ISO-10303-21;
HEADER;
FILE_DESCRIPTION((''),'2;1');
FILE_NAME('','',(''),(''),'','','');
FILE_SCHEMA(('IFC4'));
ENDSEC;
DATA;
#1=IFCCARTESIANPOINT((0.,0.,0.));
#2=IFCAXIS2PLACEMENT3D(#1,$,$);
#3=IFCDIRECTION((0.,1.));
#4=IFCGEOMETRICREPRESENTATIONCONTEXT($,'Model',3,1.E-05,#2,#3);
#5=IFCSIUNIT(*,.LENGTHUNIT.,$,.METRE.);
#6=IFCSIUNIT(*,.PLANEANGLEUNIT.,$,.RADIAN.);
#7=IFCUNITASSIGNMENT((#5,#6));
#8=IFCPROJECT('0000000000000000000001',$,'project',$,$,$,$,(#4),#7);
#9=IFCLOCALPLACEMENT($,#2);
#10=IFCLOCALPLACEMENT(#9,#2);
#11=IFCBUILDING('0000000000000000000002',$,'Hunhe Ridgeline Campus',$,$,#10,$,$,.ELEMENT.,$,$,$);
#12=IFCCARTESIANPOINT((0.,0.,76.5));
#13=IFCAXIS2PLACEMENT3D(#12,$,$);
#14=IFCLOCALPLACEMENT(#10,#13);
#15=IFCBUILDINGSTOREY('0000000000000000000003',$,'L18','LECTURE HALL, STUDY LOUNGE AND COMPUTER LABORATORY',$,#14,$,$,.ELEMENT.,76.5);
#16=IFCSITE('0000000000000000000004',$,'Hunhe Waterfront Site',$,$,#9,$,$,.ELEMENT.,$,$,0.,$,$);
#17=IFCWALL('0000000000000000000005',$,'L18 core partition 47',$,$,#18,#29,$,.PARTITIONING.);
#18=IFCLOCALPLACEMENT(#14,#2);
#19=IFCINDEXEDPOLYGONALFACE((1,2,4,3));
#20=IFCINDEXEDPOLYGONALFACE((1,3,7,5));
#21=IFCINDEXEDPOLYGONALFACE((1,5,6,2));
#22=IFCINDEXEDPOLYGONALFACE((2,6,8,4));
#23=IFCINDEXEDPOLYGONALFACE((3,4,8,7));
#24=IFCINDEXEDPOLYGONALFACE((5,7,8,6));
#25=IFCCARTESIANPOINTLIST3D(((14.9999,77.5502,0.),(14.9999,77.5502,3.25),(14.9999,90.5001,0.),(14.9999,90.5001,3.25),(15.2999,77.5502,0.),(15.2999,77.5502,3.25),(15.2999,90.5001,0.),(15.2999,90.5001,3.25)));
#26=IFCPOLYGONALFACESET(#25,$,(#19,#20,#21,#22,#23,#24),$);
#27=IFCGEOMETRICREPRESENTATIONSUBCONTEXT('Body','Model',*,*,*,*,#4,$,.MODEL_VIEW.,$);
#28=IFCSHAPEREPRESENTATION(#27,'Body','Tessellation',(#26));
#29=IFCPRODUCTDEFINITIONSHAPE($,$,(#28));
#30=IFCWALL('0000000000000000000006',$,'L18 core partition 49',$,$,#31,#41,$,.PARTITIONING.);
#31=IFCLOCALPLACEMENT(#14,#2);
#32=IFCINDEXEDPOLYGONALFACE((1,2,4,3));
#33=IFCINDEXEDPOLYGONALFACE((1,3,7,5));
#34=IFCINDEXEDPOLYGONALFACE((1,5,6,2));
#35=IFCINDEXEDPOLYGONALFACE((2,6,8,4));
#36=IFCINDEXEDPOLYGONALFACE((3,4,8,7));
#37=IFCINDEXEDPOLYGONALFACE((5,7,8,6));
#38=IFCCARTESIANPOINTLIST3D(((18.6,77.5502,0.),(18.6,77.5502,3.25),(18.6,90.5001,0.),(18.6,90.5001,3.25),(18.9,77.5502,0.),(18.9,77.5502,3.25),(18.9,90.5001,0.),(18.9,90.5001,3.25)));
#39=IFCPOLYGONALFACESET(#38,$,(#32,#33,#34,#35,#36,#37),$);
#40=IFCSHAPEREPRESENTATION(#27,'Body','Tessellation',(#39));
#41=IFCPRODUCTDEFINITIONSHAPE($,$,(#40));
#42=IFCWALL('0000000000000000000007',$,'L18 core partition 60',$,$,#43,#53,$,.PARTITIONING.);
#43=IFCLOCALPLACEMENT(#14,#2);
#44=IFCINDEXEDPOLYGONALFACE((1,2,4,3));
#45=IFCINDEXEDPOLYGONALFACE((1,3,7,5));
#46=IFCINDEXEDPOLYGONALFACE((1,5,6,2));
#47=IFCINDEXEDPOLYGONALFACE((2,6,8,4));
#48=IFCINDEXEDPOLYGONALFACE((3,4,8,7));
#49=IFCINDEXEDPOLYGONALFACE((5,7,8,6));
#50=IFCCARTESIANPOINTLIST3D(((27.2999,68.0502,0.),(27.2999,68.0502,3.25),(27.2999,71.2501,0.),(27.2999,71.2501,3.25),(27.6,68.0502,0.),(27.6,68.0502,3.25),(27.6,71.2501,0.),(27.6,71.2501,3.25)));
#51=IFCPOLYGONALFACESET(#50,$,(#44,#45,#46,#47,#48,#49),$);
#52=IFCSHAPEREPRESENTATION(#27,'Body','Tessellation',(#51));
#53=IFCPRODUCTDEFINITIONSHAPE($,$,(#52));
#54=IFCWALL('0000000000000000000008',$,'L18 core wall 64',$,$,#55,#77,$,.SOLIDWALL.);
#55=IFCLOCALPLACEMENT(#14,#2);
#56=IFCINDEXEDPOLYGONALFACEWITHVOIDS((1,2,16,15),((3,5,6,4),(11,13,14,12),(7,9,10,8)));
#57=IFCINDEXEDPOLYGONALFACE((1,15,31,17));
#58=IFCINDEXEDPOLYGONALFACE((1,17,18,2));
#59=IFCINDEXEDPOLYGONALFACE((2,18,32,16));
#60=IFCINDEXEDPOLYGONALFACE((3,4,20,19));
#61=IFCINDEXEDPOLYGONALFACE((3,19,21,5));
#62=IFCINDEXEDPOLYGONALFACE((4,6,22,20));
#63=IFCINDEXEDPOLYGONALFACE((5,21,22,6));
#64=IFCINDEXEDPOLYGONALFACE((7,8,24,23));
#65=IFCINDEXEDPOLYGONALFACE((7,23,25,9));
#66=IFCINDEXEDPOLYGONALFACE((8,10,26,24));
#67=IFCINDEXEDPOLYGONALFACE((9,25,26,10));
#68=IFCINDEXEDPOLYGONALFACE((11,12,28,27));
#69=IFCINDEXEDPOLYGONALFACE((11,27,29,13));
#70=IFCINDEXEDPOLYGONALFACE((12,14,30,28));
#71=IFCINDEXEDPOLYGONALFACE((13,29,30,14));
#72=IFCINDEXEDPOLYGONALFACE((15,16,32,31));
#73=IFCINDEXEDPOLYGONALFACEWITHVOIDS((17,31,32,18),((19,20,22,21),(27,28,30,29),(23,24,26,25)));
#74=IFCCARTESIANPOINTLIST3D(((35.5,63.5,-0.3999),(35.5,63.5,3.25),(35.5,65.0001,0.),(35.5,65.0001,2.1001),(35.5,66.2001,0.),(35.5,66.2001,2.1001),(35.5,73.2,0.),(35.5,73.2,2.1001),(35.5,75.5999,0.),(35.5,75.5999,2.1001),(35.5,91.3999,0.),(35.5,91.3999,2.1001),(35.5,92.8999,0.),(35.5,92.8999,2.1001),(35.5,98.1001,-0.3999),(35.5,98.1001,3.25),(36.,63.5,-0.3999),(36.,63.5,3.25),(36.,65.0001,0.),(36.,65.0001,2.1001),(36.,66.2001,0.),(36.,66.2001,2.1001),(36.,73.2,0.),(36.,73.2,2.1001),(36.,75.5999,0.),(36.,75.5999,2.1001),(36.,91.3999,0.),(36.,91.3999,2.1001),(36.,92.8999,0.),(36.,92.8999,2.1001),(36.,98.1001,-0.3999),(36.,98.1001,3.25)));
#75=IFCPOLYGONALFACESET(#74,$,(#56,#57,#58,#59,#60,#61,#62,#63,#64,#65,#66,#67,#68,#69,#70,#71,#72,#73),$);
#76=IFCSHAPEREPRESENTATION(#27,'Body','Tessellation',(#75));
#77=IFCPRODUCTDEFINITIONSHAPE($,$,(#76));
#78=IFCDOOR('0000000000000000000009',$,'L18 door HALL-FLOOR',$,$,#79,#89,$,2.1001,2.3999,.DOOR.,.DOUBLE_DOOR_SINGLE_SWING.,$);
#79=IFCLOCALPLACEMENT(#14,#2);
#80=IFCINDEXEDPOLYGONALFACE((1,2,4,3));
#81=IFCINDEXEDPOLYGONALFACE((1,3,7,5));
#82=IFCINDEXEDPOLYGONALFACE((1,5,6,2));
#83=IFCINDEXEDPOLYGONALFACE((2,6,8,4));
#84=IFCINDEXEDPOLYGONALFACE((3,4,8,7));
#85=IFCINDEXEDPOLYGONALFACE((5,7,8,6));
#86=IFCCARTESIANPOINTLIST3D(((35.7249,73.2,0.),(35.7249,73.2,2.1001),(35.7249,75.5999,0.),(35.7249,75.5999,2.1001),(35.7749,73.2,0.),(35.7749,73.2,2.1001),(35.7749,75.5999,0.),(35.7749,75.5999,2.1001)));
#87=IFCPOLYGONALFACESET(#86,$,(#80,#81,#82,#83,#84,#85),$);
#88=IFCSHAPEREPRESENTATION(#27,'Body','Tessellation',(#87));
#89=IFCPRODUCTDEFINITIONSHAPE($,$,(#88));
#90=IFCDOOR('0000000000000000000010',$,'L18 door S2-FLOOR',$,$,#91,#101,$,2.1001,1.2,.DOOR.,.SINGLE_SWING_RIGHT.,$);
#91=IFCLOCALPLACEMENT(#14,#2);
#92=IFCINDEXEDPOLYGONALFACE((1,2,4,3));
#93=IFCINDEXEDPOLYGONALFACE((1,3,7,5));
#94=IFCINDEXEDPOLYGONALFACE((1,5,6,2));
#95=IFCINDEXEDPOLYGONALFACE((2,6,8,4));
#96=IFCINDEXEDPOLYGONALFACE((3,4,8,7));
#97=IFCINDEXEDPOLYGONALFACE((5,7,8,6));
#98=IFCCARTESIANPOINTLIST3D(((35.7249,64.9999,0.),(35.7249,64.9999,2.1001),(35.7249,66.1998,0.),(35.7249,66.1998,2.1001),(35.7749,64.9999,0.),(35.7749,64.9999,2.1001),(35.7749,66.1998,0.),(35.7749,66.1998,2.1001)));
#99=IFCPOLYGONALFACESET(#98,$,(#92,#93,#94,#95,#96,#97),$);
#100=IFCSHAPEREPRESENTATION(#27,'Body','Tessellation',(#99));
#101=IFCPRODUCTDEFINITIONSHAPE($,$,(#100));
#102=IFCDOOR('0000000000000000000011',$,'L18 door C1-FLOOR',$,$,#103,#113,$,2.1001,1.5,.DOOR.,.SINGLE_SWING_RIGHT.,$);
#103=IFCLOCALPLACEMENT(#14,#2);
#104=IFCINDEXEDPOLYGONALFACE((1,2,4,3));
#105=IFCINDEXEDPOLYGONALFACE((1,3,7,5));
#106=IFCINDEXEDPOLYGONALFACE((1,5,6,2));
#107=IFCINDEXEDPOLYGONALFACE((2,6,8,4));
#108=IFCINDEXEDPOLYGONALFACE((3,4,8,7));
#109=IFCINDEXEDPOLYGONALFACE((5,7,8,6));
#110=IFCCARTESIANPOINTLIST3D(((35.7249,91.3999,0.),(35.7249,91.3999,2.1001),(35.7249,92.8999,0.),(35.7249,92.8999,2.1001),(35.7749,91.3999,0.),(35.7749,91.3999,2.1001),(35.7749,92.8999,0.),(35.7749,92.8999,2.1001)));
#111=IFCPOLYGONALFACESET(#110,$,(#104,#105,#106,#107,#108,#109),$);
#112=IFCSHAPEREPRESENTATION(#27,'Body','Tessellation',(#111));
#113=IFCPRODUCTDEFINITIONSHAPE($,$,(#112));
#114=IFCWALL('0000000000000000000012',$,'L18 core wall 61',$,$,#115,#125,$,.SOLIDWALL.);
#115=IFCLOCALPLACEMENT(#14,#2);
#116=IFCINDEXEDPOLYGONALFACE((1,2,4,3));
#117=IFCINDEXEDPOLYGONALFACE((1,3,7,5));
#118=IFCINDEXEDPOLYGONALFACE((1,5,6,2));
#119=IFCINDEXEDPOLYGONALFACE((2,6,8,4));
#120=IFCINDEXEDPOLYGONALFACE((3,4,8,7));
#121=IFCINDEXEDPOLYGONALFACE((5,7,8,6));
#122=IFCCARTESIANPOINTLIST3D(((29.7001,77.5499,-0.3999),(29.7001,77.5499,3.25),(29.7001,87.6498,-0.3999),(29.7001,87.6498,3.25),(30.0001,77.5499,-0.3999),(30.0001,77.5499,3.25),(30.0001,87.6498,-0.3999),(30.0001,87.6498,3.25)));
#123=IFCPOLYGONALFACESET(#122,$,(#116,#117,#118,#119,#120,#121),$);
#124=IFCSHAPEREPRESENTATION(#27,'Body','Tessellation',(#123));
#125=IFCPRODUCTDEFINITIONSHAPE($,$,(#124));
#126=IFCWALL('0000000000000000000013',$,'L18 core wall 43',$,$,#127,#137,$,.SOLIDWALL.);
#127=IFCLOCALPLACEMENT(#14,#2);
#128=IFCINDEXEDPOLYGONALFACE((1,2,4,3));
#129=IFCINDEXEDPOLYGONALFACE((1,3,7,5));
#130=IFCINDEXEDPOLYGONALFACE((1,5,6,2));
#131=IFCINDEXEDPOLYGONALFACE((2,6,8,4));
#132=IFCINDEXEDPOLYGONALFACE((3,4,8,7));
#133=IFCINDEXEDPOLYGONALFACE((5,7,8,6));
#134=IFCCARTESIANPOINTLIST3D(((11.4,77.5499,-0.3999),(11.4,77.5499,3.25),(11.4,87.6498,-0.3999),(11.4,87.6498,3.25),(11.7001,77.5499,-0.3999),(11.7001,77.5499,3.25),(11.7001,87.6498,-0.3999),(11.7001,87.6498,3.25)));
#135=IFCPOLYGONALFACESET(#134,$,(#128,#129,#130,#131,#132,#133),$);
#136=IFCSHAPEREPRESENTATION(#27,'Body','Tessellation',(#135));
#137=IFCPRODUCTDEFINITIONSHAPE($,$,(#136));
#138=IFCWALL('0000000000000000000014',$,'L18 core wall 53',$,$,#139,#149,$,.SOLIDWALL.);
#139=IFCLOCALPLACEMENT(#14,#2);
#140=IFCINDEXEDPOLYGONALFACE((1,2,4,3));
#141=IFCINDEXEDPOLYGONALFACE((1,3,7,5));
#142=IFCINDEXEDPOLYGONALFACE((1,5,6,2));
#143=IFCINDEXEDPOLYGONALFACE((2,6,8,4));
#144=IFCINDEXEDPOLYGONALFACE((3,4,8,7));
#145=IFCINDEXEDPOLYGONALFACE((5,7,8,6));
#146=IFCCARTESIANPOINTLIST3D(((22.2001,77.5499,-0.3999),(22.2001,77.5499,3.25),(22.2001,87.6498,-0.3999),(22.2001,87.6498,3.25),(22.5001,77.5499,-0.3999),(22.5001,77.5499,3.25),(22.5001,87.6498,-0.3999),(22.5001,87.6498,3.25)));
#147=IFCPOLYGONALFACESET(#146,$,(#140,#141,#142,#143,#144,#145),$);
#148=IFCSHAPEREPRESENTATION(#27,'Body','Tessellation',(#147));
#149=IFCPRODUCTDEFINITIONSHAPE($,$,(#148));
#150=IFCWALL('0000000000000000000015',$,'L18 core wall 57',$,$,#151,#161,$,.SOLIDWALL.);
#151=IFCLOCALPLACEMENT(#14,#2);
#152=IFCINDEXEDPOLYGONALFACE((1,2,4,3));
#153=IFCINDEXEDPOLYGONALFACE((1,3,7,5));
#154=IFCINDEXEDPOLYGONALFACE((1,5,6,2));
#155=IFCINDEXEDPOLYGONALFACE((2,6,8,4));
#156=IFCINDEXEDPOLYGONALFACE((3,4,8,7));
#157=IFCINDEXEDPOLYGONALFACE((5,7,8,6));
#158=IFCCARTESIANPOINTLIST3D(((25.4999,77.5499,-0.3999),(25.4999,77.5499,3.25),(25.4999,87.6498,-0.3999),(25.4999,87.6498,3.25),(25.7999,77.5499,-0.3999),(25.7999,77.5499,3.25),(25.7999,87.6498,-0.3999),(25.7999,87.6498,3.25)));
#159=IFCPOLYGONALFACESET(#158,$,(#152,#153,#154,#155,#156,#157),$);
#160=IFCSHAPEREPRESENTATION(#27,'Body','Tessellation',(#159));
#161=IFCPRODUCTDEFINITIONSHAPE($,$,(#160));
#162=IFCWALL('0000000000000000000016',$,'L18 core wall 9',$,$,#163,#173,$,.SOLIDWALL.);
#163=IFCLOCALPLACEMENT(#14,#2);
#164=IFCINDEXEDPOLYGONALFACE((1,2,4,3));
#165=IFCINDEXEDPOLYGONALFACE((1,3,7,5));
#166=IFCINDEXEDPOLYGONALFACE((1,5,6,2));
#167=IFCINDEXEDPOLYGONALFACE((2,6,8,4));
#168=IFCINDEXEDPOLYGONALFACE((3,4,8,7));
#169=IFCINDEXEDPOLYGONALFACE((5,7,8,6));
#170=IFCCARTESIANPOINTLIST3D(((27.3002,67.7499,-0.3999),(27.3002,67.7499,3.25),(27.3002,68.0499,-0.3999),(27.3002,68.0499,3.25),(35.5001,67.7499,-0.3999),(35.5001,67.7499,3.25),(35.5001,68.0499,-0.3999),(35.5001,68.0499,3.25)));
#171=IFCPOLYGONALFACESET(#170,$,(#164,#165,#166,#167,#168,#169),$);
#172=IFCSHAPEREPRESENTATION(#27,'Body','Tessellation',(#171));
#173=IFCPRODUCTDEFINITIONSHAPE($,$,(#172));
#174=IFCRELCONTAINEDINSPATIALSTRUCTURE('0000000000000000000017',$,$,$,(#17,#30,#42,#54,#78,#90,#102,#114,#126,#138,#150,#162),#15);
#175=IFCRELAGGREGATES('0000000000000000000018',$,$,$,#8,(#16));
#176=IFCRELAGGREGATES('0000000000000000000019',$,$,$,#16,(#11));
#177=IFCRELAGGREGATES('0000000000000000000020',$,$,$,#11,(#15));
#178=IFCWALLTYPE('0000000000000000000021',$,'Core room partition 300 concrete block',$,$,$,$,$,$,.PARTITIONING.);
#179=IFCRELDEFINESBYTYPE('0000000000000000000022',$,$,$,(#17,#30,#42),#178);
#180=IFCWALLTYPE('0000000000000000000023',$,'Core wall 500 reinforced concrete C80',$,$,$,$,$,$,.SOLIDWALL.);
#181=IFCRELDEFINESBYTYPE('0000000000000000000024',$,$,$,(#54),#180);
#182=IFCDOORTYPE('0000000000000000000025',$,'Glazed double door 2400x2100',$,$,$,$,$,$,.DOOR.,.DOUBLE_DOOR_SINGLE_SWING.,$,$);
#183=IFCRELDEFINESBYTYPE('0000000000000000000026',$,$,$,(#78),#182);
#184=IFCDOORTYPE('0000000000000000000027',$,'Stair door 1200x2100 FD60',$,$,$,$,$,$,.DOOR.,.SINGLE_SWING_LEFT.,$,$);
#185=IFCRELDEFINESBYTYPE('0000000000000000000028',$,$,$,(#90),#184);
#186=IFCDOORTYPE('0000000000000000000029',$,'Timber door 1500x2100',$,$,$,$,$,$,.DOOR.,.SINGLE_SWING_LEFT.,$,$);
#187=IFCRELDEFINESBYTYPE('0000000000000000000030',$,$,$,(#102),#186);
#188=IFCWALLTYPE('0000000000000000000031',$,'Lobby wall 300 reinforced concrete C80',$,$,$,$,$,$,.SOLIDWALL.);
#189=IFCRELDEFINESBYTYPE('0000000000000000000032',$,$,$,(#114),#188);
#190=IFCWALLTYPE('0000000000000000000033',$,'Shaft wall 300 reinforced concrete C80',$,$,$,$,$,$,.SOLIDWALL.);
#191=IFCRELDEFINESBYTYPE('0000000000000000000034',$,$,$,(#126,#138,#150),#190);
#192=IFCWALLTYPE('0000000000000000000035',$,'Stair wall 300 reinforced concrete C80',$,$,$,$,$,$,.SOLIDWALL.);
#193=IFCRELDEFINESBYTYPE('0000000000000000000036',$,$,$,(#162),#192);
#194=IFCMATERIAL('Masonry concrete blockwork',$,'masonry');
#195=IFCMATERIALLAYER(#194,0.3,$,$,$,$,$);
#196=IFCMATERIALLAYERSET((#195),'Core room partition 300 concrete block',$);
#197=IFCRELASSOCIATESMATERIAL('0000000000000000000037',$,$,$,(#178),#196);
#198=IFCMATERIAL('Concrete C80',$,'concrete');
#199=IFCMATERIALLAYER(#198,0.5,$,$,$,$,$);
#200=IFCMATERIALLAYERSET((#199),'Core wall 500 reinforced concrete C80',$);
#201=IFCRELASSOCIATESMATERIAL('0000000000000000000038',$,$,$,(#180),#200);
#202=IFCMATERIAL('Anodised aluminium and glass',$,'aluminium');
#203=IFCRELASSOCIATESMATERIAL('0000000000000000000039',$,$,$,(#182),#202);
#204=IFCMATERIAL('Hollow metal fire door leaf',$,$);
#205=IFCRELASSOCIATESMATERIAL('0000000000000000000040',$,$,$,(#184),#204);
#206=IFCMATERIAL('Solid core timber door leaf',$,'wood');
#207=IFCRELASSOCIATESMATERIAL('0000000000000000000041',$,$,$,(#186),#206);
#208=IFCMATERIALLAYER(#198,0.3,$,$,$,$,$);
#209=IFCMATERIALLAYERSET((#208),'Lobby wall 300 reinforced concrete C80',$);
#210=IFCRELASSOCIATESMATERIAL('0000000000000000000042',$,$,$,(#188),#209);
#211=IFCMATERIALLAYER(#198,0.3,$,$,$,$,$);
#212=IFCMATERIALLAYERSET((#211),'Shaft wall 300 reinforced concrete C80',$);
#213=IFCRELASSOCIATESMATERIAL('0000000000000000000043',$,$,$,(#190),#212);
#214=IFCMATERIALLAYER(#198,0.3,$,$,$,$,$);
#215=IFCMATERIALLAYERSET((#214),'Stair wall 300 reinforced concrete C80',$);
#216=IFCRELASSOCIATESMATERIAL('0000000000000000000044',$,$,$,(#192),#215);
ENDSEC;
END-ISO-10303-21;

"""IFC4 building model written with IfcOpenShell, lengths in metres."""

from ifc_helpers import new_model, si_unit, direction, frame, frame_2d, origin, place, context, subcontext, project, spatial, rectangle, extrude, material, layer, layer_set, type_object, element, fill, save


model = new_model("IFC4")

# Units and contexts
model_context = context("Model", 3, precision=1e-05, world=origin(), true_north=direction((0.0, 1.0)))
body_context = subcontext(model_context, "Body", "Model", "MODEL_VIEW")
ifc_project = project(units=[si_unit("LENGTHUNIT", "METRE"), si_unit("PLANEANGLEUNIT", "RADIAN")], contexts=[model_context])

# Site, building, storey
site_placement = place(None, origin())
site = spatial("IfcSite", under=ifc_project, at=site_placement, Name="Hunhe Waterfront Site", CompositionType="ELEMENT", RefElevation=0.0)
building_placement = place(site_placement, origin())
building = spatial("IfcBuilding", under=site, at=building_placement, Name="Hunhe Ridgeline Campus", CompositionType="ELEMENT")
storey_placement = place(building_placement, frame((0.0, 0.0, 76.5)))
storey = spatial("IfcBuildingStorey", under=building, at=storey_placement, Name="L18", Description="LECTURE HALL, STUDY LOUNGE AND COMPUTER LABORATORY", CompositionType="ELEMENT", Elevation=76.5)

# Shared definitions
ifc_material_1 = material(Name="Masonry concrete blockwork", Category="masonry")
ifc_layer_1 = layer(ifc_material_1, 0.3)
ifc_layer_set_1 = layer_set([ifc_layer_1], Name="Core room partition 300 concrete block")
wall_type_1 = type_object("IfcWallType", Name="Core room partition 300 concrete block", PredefinedType="PARTITIONING", material=ifc_layer_set_1)
ifc_material_2 = material(Name="Solid core timber door leaf", Category="wood")

# Walls
for number, where, z_axis, x_axis, name in (
    (1, (15.1499, 77.55, 0.0), (0.0, 0.0, 1.0), (0.0, 1.0, 0.0), "L18 core partition 47"),
    (2, (18.75, 77.55, 0.0), (0.0, 0.0, 1.0), (0.0, 1.0, 0.0), "L18 core partition 49"),
):
    element("IfcWall", number, at=place(storey_placement, frame(where, z_axis=z_axis, x_axis=x_axis)), inside=storey, type_object=wall_type_1, Name=name, PredefinedType="PARTITIONING", context=body_context, shape_type="SweptSolid", body=[
        extrude(rectangle(XDim=12.95, YDim=0.3, at=frame_2d((6.4751, 0.0))), origin(), (0.0, 0.0, 1.0), 3.25),
    ])
wall_1_placement = place(storey_placement, frame((27.45, 68.05, 0.0), z_axis=(0.0, 0.0, 1.0), x_axis=(0.0, 1.0, 0.0)))
element("IfcWall", 3, at=wall_1_placement, inside=storey, type_object=wall_type_1, Name="L18 core partition 60", PredefinedType="PARTITIONING", context=body_context, shape_type="SweptSolid", body=[
    extrude(rectangle(XDim=3.2, YDim=0.3, at=frame_2d((1.6001, 0.0))), origin(), (0.0, 0.0, 1.0), 3.25),
])

# Wall, openings, doors
ifc_material_3 = material(Name="Concrete C80", Category="concrete")
ifc_layer_2 = layer(ifc_material_3, 0.5)
ifc_layer_set_2 = layer_set([ifc_layer_2], Name="Core wall 500 reinforced concrete C80")
wall_type_2 = type_object("IfcWallType", Name="Core wall 500 reinforced concrete C80", PredefinedType="SOLIDWALL", material=ifc_layer_set_2)
wall_2_placement = place(storey_placement, frame((35.75, 63.5, -0.3999), z_axis=(0.0, 0.0, 1.0), x_axis=(0.0, 1.0, 0.0)))
wall_2 = element("IfcWall", 4, at=wall_2_placement, inside=storey, type_object=wall_type_2, Name="L18 core wall 64", PredefinedType="SOLIDWALL", context=body_context, shape_type="SweptSolid", body=[
    extrude(rectangle(XDim=34.6001, YDim=0.5, at=frame_2d((17.3, 0.0))), origin(), (0.0, 0.0, 1.0), 3.6499),
])
opening_1_placement = place(wall_2_placement, frame((9.7, 0.0, 0.3999)))
opening_1 = element("IfcOpeningElement", 5, at=opening_1_placement, cuts=wall_2, PredefinedType="OPENING", context=body_context, shape_type="SweptSolid", body=[
    extrude(rectangle(XDim=2.3999, YDim=2.1001, at=frame_2d((1.2, 1.05))), frame((0.0, 0.25, 0.0), z_axis=(0.0, -1.0, 0.0), x_axis=(1.0, 0.0, 0.0)), (0.0, 0.0, 1.0), 0.5),
])
opening_2_placement = place(wall_2_placement, frame((27.8999, 0.0, 0.3999)))
opening_2 = element("IfcOpeningElement", 6, at=opening_2_placement, cuts=wall_2, PredefinedType="OPENING", context=body_context, shape_type="SweptSolid", body=[
    extrude(rectangle(XDim=1.5, YDim=2.1001, at=frame_2d((0.75, 1.05))), frame((0.0, 0.25, 0.0), z_axis=(0.0, -1.0, 0.0), x_axis=(1.0, 0.0, 0.0)), (0.0, 0.0, 1.0), 0.5),
])
opening_3_placement = place(wall_2_placement, frame((1.5, 0.0, 0.3999)))
opening_3 = element("IfcOpeningElement", 7, at=opening_3_placement, cuts=wall_2, PredefinedType="OPENING", context=body_context, shape_type="SweptSolid", body=[
    extrude(rectangle(XDim=1.2, YDim=2.1001, at=frame_2d((0.6001, 1.05))), frame((0.0, 0.25, 0.0), z_axis=(0.0, -1.0, 0.0), x_axis=(1.0, 0.0, 0.0)), (0.0, 0.0, 1.0), 0.5),
])
ifc_material_4 = material(Name="Anodised aluminium and glass", Category="aluminium")
door_type_1 = type_object("IfcDoorType", Name="Glazed double door 2400x2100", OperationType="DOUBLE_DOOR_SINGLE_SWING", PredefinedType="DOOR", material=ifc_material_4)
door_1_placement = place(opening_1_placement, frame((2.3999, 0.0, 0.0), z_axis=(0.0, 0.0, 1.0), x_axis=(-1.0, 0.0, 0.0)))
door_1 = element("IfcDoor", 8, at=door_1_placement, inside=storey, type_object=door_type_1, Name="L18 door HALL-FLOOR", OperationType="DOUBLE_DOOR_SINGLE_SWING", OverallHeight=2.1001, OverallWidth=2.3999, PredefinedType="DOOR", context=body_context, shape_type="SweptSolid", body=[
    extrude(rectangle(XDim=2.3999, YDim=2.1001, at=frame_2d((1.2, 1.05))), frame((0.0, 0.0249, 0.0), z_axis=(0.0, -1.0, 0.0), x_axis=(1.0, 0.0, 0.0)), (0.0, 0.0, 1.0), 0.05),
])
fill(opening_1, door_1)
ifc_material_5 = material(Name="Hollow metal fire door leaf")
door_type_2 = type_object("IfcDoorType", Name="Stair door 1200x2100 FD60", OperationType="SINGLE_SWING_LEFT", PredefinedType="DOOR", material=ifc_material_5)
door_2_placement = place(opening_3_placement, frame((1.2, 0.0, 0.0), z_axis=(0.0, 0.0, 1.0), x_axis=(-1.0, 0.0, 0.0)))
door_2 = element("IfcDoor", 9, at=door_2_placement, inside=storey, type_object=door_type_2, Name="L18 door S2-FLOOR", OperationType="SINGLE_SWING_RIGHT", OverallHeight=2.1001, OverallWidth=1.2, PredefinedType="DOOR", context=body_context, shape_type="SweptSolid", body=[
    extrude(rectangle(XDim=1.2, YDim=2.1001, at=frame_2d((0.6001, 1.05))), frame((0.0, 0.0249, 0.0), z_axis=(0.0, -1.0, 0.0), x_axis=(1.0, 0.0, 0.0)), (0.0, 0.0, 1.0), 0.05),
])
fill(opening_3, door_2)
door_type_3 = type_object("IfcDoorType", Name="Timber door 1500x2100", OperationType="SINGLE_SWING_LEFT", PredefinedType="DOOR", material=ifc_material_2)
door_3_placement = place(opening_2_placement, frame((1.5, 0.0, 0.0), z_axis=(0.0, 0.0, 1.0), x_axis=(-1.0, 0.0, 0.0)))
door_3 = element("IfcDoor", 10, at=door_3_placement, inside=storey, type_object=door_type_3, Name="L18 door C1-FLOOR", OperationType="SINGLE_SWING_RIGHT", OverallHeight=2.1001, OverallWidth=1.5, PredefinedType="DOOR", context=body_context, shape_type="SweptSolid", body=[
    extrude(rectangle(XDim=1.5, YDim=2.1001, at=frame_2d((0.75, 1.05))), frame((0.0, 0.0249, 0.0), z_axis=(0.0, -1.0, 0.0), x_axis=(1.0, 0.0, 0.0)), (0.0, 0.0, 1.0), 0.05),
])
fill(opening_2, door_3)

# Walls
ifc_layer_3 = layer(ifc_material_3, 0.3)
ifc_layer_set_3 = layer_set([ifc_layer_3], Name="Lobby wall 300 reinforced concrete C80")
wall_type_3 = type_object("IfcWallType", Name="Lobby wall 300 reinforced concrete C80", PredefinedType="SOLIDWALL", material=ifc_layer_set_3)
wall_3_placement = place(storey_placement, frame((29.8501, 77.55, -0.3999), z_axis=(0.0, 0.0, 1.0), x_axis=(0.0, 1.0, 0.0)))
element("IfcWall", 11, at=wall_3_placement, inside=storey, type_object=wall_type_3, Name="L18 core wall 61", PredefinedType="SOLIDWALL", context=body_context, shape_type="SweptSolid", body=[
    extrude(rectangle(XDim=10.0999, YDim=0.3, at=frame_2d((5.0498, 0.0))), origin(), (0.0, 0.0, 1.0), 3.6499),
])
ifc_layer_4 = layer(ifc_material_3, 0.3)
ifc_layer_set_4 = layer_set([ifc_layer_4], Name="Shaft wall 300 reinforced concrete C80")
wall_type_4 = type_object("IfcWallType", Name="Shaft wall 300 reinforced concrete C80", PredefinedType="SOLIDWALL", material=ifc_layer_set_4)
for number, where, z_axis, x_axis, name in (
    (12, (11.55, 77.55, -0.3999), (0.0, 0.0, 1.0), (0.0, 1.0, 0.0), "L18 core wall 43"),
    (13, (22.3501, 77.55, -0.3999), (0.0, 0.0, 1.0), (0.0, 1.0, 0.0), "L18 core wall 53"),
    (14, (25.6499, 77.55, -0.3999), (0.0, 0.0, 1.0), (0.0, 1.0, 0.0), "L18 core wall 57"),
):
    element("IfcWall", number, at=place(storey_placement, frame(where, z_axis=z_axis, x_axis=x_axis)), inside=storey, type_object=wall_type_4, Name=name, PredefinedType="SOLIDWALL", context=body_context, shape_type="SweptSolid", body=[
        extrude(rectangle(XDim=10.0999, YDim=0.3, at=frame_2d((5.0498, 0.0))), origin(), (0.0, 0.0, 1.0), 3.6499),
    ])
ifc_layer_5 = layer(ifc_material_3, 0.3)
ifc_layer_set_5 = layer_set([ifc_layer_5], Name="Stair wall 300 reinforced concrete C80")
wall_type_5 = type_object("IfcWallType", Name="Stair wall 300 reinforced concrete C80", PredefinedType="SOLIDWALL", material=ifc_layer_set_5)
wall_4_placement = place(storey_placement, frame((27.3, 67.8999, -0.3999), z_axis=(0.0, 0.0, 1.0), x_axis=(1.0, 0.0, 0.0)))
element("IfcWall", 15, at=wall_4_placement, inside=storey, type_object=wall_type_5, Name="L18 core wall 9", PredefinedType="SOLIDWALL", context=body_context, shape_type="SweptSolid", body=[
    extrude(rectangle(XDim=8.2, YDim=0.3, at=frame_2d((4.1001, 0.0))), origin(), (0.0, 0.0, 1.0), 3.6499),
])

save(model, "model.ifc")
